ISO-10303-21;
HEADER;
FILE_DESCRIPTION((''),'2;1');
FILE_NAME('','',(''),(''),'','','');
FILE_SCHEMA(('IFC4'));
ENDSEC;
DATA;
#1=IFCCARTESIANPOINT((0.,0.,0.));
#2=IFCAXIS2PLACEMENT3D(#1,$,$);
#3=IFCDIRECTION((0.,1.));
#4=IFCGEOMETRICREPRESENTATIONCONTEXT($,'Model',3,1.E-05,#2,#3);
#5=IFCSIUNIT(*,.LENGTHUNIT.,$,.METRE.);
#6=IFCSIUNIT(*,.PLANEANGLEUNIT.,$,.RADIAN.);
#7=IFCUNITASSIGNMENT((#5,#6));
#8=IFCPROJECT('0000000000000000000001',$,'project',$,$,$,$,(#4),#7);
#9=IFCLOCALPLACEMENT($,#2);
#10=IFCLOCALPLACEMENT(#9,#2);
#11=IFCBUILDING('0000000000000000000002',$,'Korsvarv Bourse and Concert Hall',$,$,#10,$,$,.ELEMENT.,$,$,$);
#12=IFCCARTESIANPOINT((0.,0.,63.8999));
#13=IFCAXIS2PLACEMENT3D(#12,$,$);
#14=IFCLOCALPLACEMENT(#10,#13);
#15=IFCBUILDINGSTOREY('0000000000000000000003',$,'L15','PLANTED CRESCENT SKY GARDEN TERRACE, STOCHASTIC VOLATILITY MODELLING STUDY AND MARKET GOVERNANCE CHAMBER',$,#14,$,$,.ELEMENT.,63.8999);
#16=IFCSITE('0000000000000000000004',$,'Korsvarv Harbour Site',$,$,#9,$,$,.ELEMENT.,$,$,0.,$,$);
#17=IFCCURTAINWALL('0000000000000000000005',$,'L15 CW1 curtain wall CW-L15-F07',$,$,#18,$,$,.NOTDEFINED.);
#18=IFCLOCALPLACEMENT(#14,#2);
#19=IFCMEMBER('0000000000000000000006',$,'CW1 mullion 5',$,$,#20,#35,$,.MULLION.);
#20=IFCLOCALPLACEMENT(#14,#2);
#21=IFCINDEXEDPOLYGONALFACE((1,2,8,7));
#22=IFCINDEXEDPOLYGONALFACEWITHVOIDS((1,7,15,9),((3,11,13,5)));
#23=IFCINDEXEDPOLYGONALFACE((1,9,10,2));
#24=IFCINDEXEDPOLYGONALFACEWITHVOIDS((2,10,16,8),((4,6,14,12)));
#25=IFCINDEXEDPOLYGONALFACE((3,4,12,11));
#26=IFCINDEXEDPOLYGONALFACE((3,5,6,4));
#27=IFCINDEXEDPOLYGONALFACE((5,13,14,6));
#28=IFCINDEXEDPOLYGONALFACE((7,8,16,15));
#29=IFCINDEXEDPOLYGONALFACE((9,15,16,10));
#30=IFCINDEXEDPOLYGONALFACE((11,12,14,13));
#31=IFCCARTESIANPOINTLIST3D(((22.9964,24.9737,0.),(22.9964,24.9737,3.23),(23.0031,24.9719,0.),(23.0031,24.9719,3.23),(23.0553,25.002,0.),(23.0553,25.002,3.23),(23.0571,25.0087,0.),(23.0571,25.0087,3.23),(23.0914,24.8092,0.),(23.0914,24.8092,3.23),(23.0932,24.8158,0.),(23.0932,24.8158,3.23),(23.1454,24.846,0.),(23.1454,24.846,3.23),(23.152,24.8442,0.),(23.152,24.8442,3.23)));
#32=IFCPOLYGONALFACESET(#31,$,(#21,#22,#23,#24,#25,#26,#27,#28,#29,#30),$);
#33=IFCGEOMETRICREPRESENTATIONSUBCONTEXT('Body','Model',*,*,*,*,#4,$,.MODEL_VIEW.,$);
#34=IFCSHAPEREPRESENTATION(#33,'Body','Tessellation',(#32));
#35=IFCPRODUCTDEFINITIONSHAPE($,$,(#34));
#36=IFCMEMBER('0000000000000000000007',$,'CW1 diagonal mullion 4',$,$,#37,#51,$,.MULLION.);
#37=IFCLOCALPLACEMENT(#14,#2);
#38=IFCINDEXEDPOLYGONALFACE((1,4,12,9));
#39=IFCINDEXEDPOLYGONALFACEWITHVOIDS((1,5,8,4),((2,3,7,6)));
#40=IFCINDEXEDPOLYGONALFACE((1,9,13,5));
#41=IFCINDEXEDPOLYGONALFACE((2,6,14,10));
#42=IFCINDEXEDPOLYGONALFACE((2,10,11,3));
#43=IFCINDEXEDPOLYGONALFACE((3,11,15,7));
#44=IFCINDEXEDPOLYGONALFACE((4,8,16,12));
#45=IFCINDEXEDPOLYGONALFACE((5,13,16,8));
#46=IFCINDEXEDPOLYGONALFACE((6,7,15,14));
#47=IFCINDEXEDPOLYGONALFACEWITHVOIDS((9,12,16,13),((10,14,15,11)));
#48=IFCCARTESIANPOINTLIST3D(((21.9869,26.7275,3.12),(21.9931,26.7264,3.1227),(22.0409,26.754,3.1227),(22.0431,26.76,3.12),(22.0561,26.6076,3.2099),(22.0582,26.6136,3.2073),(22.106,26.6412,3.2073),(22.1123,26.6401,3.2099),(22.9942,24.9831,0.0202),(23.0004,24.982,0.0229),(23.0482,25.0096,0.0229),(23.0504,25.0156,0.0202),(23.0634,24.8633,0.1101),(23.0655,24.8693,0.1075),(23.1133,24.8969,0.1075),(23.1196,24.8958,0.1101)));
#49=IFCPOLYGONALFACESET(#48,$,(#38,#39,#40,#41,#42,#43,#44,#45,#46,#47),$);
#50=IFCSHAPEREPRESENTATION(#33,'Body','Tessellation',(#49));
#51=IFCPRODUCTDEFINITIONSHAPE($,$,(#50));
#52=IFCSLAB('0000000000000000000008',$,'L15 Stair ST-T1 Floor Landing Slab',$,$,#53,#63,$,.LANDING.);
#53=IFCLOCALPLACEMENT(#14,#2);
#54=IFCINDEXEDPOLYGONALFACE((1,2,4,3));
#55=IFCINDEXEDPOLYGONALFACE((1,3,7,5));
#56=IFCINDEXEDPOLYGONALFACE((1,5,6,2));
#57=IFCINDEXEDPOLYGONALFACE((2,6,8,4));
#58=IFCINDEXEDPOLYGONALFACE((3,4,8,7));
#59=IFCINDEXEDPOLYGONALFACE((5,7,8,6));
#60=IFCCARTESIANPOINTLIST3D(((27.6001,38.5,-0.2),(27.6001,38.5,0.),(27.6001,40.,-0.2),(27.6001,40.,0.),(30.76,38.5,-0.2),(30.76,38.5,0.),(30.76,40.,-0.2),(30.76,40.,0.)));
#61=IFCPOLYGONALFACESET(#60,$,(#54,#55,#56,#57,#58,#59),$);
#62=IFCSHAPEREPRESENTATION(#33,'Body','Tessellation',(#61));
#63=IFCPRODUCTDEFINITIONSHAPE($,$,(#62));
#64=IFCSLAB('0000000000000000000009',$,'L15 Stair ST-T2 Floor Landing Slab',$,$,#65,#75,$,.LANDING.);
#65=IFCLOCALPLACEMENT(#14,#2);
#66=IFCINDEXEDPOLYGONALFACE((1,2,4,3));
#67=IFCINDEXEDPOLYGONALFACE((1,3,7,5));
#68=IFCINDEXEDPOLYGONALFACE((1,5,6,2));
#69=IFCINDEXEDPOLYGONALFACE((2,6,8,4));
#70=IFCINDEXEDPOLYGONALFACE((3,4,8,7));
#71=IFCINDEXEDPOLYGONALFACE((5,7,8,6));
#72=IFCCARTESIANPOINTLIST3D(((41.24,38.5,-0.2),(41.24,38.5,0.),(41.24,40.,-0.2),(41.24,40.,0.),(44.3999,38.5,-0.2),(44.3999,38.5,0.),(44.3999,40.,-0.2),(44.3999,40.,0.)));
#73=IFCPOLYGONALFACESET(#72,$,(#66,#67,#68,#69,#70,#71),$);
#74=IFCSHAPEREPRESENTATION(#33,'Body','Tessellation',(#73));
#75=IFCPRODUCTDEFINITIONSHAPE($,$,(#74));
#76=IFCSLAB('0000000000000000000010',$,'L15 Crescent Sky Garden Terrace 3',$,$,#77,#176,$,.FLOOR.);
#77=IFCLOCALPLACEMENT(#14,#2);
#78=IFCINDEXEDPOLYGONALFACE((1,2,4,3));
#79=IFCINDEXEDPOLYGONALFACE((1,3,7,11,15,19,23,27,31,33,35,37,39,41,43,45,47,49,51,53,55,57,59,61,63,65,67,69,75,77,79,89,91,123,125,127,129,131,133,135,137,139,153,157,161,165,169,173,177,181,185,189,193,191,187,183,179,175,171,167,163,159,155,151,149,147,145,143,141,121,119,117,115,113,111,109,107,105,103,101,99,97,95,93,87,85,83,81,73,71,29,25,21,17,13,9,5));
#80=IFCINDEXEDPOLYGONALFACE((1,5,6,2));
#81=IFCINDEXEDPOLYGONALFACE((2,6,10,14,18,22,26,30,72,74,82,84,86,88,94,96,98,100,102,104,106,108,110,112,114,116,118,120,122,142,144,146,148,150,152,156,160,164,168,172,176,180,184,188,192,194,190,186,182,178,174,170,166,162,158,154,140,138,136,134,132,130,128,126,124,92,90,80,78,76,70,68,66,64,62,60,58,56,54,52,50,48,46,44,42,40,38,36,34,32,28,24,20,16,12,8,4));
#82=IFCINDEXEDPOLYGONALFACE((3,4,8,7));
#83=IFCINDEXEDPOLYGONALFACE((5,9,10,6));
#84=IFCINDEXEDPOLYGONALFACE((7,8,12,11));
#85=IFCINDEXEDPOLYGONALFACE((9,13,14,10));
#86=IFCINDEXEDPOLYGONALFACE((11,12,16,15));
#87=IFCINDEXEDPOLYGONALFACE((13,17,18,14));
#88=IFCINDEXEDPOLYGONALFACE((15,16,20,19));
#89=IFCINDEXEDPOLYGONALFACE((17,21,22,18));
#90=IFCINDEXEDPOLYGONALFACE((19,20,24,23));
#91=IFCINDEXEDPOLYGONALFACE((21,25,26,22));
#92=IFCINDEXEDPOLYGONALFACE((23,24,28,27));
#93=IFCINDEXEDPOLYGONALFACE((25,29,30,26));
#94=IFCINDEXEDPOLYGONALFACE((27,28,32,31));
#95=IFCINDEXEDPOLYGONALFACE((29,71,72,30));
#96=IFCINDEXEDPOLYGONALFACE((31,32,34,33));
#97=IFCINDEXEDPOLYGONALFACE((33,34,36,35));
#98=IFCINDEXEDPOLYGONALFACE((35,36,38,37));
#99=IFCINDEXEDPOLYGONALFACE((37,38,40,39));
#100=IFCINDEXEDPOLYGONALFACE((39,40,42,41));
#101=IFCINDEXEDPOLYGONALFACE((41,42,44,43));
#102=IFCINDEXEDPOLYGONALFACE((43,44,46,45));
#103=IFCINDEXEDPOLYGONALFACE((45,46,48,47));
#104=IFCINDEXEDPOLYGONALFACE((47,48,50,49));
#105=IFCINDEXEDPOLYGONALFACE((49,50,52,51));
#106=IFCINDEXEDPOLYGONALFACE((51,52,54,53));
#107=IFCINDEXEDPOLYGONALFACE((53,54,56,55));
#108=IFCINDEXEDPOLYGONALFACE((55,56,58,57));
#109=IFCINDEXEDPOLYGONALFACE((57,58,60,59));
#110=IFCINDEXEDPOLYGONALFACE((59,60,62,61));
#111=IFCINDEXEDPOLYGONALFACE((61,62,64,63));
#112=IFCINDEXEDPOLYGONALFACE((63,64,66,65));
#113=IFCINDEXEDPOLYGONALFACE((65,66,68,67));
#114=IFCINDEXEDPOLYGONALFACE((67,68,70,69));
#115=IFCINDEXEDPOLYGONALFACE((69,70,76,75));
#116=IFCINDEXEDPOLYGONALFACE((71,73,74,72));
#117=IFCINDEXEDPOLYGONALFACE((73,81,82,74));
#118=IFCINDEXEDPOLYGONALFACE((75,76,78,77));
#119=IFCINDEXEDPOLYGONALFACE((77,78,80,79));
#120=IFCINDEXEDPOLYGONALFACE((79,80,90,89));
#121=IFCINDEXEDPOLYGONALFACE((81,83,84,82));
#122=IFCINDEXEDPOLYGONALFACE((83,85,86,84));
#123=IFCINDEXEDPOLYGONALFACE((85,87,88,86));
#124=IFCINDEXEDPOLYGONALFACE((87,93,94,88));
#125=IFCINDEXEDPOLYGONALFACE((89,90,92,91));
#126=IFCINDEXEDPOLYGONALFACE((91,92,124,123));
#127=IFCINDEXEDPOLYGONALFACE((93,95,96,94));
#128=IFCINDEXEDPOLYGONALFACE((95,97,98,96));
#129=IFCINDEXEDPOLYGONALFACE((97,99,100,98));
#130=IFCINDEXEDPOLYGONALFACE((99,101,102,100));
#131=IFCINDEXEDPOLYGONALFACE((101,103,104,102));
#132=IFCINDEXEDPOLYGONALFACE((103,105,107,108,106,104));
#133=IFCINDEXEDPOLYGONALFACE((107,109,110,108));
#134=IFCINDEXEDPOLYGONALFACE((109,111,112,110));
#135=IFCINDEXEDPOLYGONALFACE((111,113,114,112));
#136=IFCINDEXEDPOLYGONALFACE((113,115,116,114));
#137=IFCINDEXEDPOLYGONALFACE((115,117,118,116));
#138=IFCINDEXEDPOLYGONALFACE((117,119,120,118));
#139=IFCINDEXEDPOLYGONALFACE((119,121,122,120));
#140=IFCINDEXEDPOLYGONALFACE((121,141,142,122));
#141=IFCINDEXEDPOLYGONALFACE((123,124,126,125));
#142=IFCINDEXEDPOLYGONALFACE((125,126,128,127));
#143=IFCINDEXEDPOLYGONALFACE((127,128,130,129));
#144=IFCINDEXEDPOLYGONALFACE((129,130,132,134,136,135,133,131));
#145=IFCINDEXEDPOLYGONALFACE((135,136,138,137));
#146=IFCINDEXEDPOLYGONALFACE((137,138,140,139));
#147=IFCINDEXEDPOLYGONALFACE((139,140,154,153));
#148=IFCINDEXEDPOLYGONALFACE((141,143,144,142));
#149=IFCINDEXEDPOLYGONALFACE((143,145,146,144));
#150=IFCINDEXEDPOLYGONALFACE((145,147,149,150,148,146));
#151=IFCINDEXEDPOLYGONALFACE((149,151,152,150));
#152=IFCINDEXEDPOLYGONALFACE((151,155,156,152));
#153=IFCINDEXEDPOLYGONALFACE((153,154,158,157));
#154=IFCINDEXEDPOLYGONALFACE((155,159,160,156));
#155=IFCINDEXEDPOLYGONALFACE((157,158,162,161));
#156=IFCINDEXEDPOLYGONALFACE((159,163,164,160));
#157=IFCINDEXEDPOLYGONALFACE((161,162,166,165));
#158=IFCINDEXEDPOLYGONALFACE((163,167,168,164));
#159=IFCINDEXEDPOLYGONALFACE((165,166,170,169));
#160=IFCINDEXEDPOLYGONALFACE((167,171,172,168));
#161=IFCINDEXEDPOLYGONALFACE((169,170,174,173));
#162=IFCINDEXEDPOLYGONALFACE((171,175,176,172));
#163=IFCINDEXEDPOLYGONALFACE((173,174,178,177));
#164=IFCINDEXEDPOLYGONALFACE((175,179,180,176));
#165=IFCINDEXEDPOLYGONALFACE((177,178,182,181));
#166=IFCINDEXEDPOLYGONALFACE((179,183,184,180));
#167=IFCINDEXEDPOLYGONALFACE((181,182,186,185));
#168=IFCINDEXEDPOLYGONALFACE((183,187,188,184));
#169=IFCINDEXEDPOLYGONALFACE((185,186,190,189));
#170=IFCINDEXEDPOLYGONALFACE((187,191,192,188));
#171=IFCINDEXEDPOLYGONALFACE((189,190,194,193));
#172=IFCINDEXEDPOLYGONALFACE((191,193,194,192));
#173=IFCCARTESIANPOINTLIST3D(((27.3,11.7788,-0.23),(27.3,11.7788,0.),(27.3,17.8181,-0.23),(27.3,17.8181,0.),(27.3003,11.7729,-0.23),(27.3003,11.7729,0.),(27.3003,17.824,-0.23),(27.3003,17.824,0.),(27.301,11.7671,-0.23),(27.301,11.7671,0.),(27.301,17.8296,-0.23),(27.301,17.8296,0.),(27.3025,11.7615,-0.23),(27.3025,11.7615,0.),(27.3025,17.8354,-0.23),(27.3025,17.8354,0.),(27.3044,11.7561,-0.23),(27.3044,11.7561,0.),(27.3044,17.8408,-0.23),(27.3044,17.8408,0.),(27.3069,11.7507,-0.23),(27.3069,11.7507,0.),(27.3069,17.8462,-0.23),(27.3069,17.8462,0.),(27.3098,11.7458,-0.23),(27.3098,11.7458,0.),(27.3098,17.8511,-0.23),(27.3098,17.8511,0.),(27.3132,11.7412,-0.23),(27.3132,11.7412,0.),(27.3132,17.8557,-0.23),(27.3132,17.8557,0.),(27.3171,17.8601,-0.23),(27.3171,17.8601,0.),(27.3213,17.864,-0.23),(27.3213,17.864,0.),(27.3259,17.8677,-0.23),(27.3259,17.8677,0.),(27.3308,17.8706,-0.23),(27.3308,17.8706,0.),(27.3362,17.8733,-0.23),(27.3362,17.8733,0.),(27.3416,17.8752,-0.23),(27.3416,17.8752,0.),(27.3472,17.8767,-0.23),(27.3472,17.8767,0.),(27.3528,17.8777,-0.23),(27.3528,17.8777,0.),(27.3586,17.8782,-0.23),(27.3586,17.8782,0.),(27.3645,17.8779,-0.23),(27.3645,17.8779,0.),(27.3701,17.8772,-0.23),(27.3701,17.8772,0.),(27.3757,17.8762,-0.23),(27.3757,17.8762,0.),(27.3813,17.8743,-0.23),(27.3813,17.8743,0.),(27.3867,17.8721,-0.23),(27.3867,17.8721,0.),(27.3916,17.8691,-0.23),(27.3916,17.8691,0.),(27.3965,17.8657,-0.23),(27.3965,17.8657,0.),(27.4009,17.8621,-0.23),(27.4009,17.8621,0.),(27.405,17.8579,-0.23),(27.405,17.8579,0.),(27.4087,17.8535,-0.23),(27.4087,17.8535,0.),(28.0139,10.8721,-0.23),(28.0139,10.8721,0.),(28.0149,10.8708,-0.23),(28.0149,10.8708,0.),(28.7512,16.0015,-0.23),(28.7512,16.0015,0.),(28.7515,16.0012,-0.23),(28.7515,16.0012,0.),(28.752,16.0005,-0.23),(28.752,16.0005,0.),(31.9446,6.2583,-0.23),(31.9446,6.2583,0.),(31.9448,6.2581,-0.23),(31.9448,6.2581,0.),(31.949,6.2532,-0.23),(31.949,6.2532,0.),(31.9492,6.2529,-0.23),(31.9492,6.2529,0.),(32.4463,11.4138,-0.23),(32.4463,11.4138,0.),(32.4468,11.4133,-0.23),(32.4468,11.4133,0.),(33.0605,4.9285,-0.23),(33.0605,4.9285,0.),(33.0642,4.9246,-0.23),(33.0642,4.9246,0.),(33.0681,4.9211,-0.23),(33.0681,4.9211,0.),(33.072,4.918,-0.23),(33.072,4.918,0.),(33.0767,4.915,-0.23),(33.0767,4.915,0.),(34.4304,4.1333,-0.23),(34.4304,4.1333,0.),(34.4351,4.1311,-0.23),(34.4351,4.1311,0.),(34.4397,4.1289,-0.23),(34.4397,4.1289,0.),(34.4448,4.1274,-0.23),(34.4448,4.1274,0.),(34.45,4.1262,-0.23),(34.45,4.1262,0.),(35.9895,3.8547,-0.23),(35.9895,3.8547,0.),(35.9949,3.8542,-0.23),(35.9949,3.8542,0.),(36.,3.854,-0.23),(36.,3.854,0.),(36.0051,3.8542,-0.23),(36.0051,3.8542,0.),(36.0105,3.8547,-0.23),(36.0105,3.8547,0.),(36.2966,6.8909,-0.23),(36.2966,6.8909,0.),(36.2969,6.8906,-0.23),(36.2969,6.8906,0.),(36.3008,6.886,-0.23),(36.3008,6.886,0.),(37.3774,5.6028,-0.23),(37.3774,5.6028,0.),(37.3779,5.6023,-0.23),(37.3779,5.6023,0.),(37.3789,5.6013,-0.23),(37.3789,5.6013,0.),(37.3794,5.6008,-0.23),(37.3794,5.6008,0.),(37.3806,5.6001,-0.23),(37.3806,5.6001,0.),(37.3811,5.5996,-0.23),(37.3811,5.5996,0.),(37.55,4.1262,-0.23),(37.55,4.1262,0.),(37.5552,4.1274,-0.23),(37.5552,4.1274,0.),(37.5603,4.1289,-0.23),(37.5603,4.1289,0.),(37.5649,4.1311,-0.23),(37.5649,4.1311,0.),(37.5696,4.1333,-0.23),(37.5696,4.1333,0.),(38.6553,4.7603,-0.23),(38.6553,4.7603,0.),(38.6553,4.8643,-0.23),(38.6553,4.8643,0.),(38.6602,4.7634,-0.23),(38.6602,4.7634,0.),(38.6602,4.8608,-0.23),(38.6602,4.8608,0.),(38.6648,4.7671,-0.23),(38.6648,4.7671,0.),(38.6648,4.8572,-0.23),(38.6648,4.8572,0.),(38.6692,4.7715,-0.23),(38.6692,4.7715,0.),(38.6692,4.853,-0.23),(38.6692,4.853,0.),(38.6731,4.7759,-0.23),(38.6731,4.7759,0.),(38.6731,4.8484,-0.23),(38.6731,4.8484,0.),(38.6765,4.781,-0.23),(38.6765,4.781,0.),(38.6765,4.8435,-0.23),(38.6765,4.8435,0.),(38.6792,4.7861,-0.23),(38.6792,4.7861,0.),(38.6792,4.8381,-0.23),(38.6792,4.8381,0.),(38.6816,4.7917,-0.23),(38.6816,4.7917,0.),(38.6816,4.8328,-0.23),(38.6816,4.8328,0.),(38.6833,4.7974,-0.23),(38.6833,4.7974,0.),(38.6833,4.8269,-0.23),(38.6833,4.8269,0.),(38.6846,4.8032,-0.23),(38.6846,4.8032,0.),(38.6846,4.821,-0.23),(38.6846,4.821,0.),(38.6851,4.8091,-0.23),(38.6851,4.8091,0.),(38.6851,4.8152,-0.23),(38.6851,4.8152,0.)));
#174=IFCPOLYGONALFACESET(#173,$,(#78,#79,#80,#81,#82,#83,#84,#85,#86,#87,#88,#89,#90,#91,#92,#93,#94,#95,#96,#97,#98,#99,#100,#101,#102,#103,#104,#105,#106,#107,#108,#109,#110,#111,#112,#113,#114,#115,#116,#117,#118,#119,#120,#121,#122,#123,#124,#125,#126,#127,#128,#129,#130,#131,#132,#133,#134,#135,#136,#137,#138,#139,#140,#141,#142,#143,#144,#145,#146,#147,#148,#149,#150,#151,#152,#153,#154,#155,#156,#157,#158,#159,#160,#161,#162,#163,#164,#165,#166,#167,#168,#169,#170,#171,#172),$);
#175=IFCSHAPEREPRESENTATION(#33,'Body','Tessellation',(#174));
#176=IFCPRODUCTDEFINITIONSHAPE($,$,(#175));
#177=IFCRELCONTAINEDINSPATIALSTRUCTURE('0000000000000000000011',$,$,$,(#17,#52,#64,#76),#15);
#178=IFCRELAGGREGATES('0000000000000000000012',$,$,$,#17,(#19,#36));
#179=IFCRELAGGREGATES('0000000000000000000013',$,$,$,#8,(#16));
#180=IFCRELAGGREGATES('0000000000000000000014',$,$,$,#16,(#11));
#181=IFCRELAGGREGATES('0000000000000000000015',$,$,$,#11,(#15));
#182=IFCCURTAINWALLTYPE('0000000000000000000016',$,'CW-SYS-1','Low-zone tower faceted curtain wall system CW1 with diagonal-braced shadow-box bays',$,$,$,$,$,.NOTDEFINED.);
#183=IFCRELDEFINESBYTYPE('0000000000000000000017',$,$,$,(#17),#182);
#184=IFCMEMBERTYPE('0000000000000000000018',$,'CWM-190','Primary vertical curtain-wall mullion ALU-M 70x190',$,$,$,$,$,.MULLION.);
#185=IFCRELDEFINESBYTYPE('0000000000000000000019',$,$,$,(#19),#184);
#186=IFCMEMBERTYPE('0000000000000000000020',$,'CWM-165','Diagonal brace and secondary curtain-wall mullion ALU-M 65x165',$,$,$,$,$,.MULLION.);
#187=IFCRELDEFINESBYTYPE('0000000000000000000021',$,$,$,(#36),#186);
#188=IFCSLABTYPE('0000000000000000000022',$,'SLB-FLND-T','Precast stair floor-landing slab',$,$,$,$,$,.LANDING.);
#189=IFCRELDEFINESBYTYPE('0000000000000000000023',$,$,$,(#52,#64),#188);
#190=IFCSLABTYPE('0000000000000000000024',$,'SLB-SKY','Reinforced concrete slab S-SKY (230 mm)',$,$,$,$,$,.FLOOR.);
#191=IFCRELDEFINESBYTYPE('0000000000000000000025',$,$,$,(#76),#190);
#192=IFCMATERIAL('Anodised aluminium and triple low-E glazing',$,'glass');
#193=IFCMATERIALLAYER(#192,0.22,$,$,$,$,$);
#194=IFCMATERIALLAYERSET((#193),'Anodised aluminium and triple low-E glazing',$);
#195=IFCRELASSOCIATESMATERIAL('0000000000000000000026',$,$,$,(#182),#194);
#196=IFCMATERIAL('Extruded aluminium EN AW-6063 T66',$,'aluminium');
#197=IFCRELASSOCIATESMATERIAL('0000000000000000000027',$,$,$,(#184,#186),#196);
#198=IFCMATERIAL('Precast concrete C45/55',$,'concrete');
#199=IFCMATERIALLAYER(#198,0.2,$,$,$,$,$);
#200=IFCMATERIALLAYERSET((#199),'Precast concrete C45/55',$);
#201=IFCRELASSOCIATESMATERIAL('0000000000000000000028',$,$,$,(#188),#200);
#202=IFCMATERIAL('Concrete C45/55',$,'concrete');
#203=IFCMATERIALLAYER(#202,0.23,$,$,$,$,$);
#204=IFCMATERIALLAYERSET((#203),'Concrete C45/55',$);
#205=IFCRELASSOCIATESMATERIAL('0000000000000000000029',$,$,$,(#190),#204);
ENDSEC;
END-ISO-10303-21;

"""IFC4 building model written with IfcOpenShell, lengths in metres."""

from ifc_helpers import new_model, si_unit, direction, frame, origin, origin_2d, place, context, subcontext, project, spatial, polyline, hollow_rectangle, outline, extrude, source, transform, mapped, material, layer, layer_set, material_profile, profile_set, type_object, element, aggregate, save


model = new_model("IFC4")

# Units and contexts
model_context = context("Model", 3, precision=1e-05, world=origin(), true_north=direction((0.0, 1.0)))
body_context = subcontext(model_context, "Body", "Model", "MODEL_VIEW")
ifc_project = project(units=[si_unit("LENGTHUNIT", "METRE"), si_unit("PLANEANGLEUNIT", "RADIAN")], contexts=[model_context])

# Site, building, storey
site_placement = place(None, origin())
site = spatial("IfcSite", under=ifc_project, at=site_placement, Name="Korsvarv Harbour Site", CompositionType="ELEMENT", RefElevation=0.0)
building_placement = place(site_placement, origin())
building = spatial("IfcBuilding", under=site, at=building_placement, Name="Korsvarv Bourse and Concert Hall", CompositionType="ELEMENT")
storey_placement = place(building_placement, frame((0.0, 0.0, 63.8999)))
storey = spatial("IfcBuildingStorey", under=building, at=storey_placement, Name="L15", Description="PLANTED CRESCENT SKY GARDEN TERRACE, STOCHASTIC VOLATILITY MODELLING STUDY AND MARKET GOVERNANCE CHAMBER", CompositionType="ELEMENT", Elevation=63.8999)

# Curtain wall, members
ifc_material_1 = material(Name="Anodised aluminium and triple low-E glazing", Category="glass")
ifc_layer_1 = layer(ifc_material_1, 0.22)
ifc_layer_set_1 = layer_set([ifc_layer_1], Name="Anodised aluminium and triple low-E glazing")
curtain_wall_type = type_object("IfcCurtainWallType", Name="CW-SYS-1", Description="Low-zone tower faceted curtain wall system CW1 with diagonal-braced shadow-box bays", PredefinedType="NOTDEFINED", material=ifc_layer_set_1)
curtain_wall_placement = place(storey_placement, origin())
curtain_wall = element("IfcCurtainWall", 1, at=curtain_wall_placement, inside=storey, type_object=curtain_wall_type, Name="L15 CW1 curtain wall CW-L15-F07", PredefinedType="NOTDEFINED")
ifc_material_2 = material(Name="Extruded aluminium EN AW-6063 T66", Category="aluminium")
ifc_material_profile_1 = material_profile(ifc_material_2, hollow_rectangle(XDim=0.0701, YDim=0.1899, WallThickness=0.0049, at=origin_2d()), Name="ALU-M 70x190")
ifc_profile_set_1 = profile_set([ifc_material_profile_1], Name="Extruded aluminium EN AW-6063 T66")
member_type_1 = type_object("IfcMemberType", Name="CWM-190", Description="Primary vertical curtain-wall mullion ALU-M 70x190", PredefinedType="MULLION", material=ifc_profile_set_1)
shared_shape_1 = source(origin(), body_context, "Body", "SweptSolid", [
    extrude(hollow_rectangle(XDim=0.0701, YDim=0.1899, WallThickness=0.0049, at=origin_2d()), origin(), (0.0, 0.0, 1.0), 3.23),
])
member_1_placement = place(storey_placement, frame((23.0742, 24.9089, 0.0), z_axis=(0.0, 0.0, 1.0), x_axis=(0.866022, 0.500006, 0.0)))
member_1 = element("IfcMember", 2, at=member_1_placement, type_object=member_type_1, Name="CW1 mullion 5", PredefinedType="MULLION", context=body_context, shape_type="MappedRepresentation", body=[
    mapped(shared_shape_1, transform((0.0, 0.0, 0.0), scale=1.0)),
])
ifc_material_profile_2 = material_profile(ifc_material_2, hollow_rectangle(XDim=0.0649, YDim=0.165, WallThickness=0.0049, at=origin_2d()), Name="ALU-M 65x165")
ifc_profile_set_2 = profile_set([ifc_material_profile_2], Name="Extruded aluminium EN AW-6063 T66")
member_type_2 = type_object("IfcMemberType", Name="CWM-165", Description="Diagonal brace and secondary curtain-wall mullion ALU-M 65x165", PredefinedType="MULLION", material=ifc_profile_set_2)
shared_shape_2 = source(origin(), body_context, "Body", "SweptSolid", [
    extrude(hollow_rectangle(XDim=0.0649, YDim=0.165, WallThickness=0.0049, at=origin_2d()), origin(), (0.0, 0.0, 1.0), 3.6968),
])
member_2_placement = place(storey_placement, frame((23.0569, 24.9395, 0.0652), z_axis=(-0.272482, 0.471858, 0.838513), x_axis=(-0.865982, -0.500076, 0.0)))
member_2 = element("IfcMember", 3, at=member_2_placement, type_object=member_type_2, Name="CW1 diagonal mullion 4", PredefinedType="MULLION", context=body_context, shape_type="MappedRepresentation", body=[
    mapped(shared_shape_2, transform((0.0, 0.0, 0.0), scale=1.0)),
])

# Slabs
ifc_material_3 = material(Name="Precast concrete C45/55", Category="concrete")
ifc_layer_2 = layer(ifc_material_3, 0.2)
ifc_layer_set_2 = layer_set([ifc_layer_2], Name="Precast concrete C45/55")
slab_type_1 = type_object("IfcSlabType", Name="SLB-FLND-T", Description="Precast stair floor-landing slab", PredefinedType="LANDING", material=ifc_layer_set_2)
slab_1_placement = place(storey_placement, frame((0.0, 0.0, -0.2)))
element("IfcSlab", 4, at=slab_1_placement, inside=storey, type_object=slab_type_1, Name="L15 Stair ST-T1 Floor Landing Slab", PredefinedType="LANDING", context=body_context, shape_type="SweptSolid", body=[
    extrude(outline(polyline([(30.76, 38.5), (30.76, 40.0), (27.6001, 40.0), (27.6001, 38.5), (30.76, 38.5)])), origin(), (0.0, 0.0, 1.0), 0.2),
])
slab_2_placement = place(storey_placement, frame((0.0, 0.0, -0.2)))
element("IfcSlab", 5, at=slab_2_placement, inside=storey, type_object=slab_type_1, Name="L15 Stair ST-T2 Floor Landing Slab", PredefinedType="LANDING", context=body_context, shape_type="SweptSolid", body=[
    extrude(outline(polyline([(44.3999, 38.5), (44.3999, 40.0), (41.24, 40.0), (41.24, 38.5), (44.3999, 38.5)])), origin(), (0.0, 0.0, 1.0), 0.2),
])
ifc_material_4 = material(Name="Concrete C45/55", Category="concrete")
ifc_layer_3 = layer(ifc_material_4, 0.23)
ifc_layer_set_3 = layer_set([ifc_layer_3], Name="Concrete C45/55")
slab_type_2 = type_object("IfcSlabType", Name="SLB-SKY", Description="Reinforced concrete slab S-SKY (230 mm)", PredefinedType="FLOOR", material=ifc_layer_set_3)
slab_3_placement = place(storey_placement, frame((0.0, 0.0, -0.23)))
element("IfcSlab", 6, at=slab_3_placement, inside=storey, type_object=slab_type_2, Name="L15 Crescent Sky Garden Terrace 3", PredefinedType="FLOOR", context=body_context, shape_type="SweptSolid", body=[
    extrude(outline(polyline([(36.0105, 3.8547), (36.0051, 3.8542), (36.0, 3.854), (35.9949, 3.8542), (35.9895, 3.8547), (34.45, 4.1262), (34.4448, 4.1274), (34.4397, 4.1289), (34.4351, 4.1311), (34.4304, 4.1333), (33.0767, 4.915), (33.072, 4.918), (33.0681, 4.9211), (33.0642, 4.9246), (33.0605, 4.9285), (31.9492, 6.2529), (31.949, 6.2532), (31.9448, 6.2581), (31.9446, 6.2583), (28.0149, 10.8708), (28.0139, 10.8721), (27.3132, 11.7412), (27.3098, 11.7458), (27.3069, 11.7507), (27.3044, 11.7561), (27.3025, 11.7615), (27.301, 11.7671), (27.3003, 11.7729), (27.3, 11.7788), (27.3, 17.8181), (27.3003, 17.824), (27.301, 17.8296), (27.3025, 17.8354), (27.3044, 17.8408), (27.3069, 17.8462), (27.3098, 17.8511), (27.3132, 17.8557), (27.3171, 17.8601), (27.3213, 17.864), (27.3259, 17.8677), (27.3308, 17.8706), (27.3362, 17.8733), (27.3416, 17.8752), (27.3472, 17.8767), (27.3528, 17.8777), (27.3586, 17.8782), (27.3645, 17.8779), (27.3701, 17.8772), (27.3757, 17.8762), (27.3813, 17.8743), (27.3867, 17.8721), (27.3916, 17.8691), (27.3965, 17.8657), (27.4009, 17.8621), (27.405, 17.8579), (27.4087, 17.8535), (28.7512, 16.0015), (28.7515, 16.0012), (28.752, 16.0005), (32.4463, 11.4138), (32.4463, 11.4138), (32.4468, 11.4133), (36.2966, 6.8909), (36.2969, 6.8906), (36.3008, 6.886), (36.3008, 6.886), (37.3774, 5.6028), (37.3779, 5.6023), (37.3789, 5.6013), (37.3794, 5.6008), (37.3806, 5.6001), (37.3811, 5.5996), (38.6553, 4.8643), (38.6602, 4.8608), (38.6648, 4.8572), (38.6692, 4.853), (38.6731, 4.8484), (38.6765, 4.8435), (38.6792, 4.8381), (38.6816, 4.8328), (38.6833, 4.8269), (38.6846, 4.821), (38.6851, 4.8152), (38.6851, 4.8091), (38.6846, 4.8032), (38.6833, 4.7974), (38.6816, 4.7917), (38.6792, 4.7861), (38.6765, 4.781), (38.6731, 4.7759), (38.6692, 4.7715), (38.6648, 4.7671), (38.6602, 4.7634), (38.6553, 4.7603), (37.5696, 4.1333), (37.5649, 4.1311), (37.5603, 4.1289), (37.5552, 4.1274), (37.55, 4.1262), (36.0105, 3.8547)])), origin(), (0.0, 0.0, 1.0), 0.23),
])

aggregate(curtain_wall, [member_1, member_2])

save(model, "model.ifc")
